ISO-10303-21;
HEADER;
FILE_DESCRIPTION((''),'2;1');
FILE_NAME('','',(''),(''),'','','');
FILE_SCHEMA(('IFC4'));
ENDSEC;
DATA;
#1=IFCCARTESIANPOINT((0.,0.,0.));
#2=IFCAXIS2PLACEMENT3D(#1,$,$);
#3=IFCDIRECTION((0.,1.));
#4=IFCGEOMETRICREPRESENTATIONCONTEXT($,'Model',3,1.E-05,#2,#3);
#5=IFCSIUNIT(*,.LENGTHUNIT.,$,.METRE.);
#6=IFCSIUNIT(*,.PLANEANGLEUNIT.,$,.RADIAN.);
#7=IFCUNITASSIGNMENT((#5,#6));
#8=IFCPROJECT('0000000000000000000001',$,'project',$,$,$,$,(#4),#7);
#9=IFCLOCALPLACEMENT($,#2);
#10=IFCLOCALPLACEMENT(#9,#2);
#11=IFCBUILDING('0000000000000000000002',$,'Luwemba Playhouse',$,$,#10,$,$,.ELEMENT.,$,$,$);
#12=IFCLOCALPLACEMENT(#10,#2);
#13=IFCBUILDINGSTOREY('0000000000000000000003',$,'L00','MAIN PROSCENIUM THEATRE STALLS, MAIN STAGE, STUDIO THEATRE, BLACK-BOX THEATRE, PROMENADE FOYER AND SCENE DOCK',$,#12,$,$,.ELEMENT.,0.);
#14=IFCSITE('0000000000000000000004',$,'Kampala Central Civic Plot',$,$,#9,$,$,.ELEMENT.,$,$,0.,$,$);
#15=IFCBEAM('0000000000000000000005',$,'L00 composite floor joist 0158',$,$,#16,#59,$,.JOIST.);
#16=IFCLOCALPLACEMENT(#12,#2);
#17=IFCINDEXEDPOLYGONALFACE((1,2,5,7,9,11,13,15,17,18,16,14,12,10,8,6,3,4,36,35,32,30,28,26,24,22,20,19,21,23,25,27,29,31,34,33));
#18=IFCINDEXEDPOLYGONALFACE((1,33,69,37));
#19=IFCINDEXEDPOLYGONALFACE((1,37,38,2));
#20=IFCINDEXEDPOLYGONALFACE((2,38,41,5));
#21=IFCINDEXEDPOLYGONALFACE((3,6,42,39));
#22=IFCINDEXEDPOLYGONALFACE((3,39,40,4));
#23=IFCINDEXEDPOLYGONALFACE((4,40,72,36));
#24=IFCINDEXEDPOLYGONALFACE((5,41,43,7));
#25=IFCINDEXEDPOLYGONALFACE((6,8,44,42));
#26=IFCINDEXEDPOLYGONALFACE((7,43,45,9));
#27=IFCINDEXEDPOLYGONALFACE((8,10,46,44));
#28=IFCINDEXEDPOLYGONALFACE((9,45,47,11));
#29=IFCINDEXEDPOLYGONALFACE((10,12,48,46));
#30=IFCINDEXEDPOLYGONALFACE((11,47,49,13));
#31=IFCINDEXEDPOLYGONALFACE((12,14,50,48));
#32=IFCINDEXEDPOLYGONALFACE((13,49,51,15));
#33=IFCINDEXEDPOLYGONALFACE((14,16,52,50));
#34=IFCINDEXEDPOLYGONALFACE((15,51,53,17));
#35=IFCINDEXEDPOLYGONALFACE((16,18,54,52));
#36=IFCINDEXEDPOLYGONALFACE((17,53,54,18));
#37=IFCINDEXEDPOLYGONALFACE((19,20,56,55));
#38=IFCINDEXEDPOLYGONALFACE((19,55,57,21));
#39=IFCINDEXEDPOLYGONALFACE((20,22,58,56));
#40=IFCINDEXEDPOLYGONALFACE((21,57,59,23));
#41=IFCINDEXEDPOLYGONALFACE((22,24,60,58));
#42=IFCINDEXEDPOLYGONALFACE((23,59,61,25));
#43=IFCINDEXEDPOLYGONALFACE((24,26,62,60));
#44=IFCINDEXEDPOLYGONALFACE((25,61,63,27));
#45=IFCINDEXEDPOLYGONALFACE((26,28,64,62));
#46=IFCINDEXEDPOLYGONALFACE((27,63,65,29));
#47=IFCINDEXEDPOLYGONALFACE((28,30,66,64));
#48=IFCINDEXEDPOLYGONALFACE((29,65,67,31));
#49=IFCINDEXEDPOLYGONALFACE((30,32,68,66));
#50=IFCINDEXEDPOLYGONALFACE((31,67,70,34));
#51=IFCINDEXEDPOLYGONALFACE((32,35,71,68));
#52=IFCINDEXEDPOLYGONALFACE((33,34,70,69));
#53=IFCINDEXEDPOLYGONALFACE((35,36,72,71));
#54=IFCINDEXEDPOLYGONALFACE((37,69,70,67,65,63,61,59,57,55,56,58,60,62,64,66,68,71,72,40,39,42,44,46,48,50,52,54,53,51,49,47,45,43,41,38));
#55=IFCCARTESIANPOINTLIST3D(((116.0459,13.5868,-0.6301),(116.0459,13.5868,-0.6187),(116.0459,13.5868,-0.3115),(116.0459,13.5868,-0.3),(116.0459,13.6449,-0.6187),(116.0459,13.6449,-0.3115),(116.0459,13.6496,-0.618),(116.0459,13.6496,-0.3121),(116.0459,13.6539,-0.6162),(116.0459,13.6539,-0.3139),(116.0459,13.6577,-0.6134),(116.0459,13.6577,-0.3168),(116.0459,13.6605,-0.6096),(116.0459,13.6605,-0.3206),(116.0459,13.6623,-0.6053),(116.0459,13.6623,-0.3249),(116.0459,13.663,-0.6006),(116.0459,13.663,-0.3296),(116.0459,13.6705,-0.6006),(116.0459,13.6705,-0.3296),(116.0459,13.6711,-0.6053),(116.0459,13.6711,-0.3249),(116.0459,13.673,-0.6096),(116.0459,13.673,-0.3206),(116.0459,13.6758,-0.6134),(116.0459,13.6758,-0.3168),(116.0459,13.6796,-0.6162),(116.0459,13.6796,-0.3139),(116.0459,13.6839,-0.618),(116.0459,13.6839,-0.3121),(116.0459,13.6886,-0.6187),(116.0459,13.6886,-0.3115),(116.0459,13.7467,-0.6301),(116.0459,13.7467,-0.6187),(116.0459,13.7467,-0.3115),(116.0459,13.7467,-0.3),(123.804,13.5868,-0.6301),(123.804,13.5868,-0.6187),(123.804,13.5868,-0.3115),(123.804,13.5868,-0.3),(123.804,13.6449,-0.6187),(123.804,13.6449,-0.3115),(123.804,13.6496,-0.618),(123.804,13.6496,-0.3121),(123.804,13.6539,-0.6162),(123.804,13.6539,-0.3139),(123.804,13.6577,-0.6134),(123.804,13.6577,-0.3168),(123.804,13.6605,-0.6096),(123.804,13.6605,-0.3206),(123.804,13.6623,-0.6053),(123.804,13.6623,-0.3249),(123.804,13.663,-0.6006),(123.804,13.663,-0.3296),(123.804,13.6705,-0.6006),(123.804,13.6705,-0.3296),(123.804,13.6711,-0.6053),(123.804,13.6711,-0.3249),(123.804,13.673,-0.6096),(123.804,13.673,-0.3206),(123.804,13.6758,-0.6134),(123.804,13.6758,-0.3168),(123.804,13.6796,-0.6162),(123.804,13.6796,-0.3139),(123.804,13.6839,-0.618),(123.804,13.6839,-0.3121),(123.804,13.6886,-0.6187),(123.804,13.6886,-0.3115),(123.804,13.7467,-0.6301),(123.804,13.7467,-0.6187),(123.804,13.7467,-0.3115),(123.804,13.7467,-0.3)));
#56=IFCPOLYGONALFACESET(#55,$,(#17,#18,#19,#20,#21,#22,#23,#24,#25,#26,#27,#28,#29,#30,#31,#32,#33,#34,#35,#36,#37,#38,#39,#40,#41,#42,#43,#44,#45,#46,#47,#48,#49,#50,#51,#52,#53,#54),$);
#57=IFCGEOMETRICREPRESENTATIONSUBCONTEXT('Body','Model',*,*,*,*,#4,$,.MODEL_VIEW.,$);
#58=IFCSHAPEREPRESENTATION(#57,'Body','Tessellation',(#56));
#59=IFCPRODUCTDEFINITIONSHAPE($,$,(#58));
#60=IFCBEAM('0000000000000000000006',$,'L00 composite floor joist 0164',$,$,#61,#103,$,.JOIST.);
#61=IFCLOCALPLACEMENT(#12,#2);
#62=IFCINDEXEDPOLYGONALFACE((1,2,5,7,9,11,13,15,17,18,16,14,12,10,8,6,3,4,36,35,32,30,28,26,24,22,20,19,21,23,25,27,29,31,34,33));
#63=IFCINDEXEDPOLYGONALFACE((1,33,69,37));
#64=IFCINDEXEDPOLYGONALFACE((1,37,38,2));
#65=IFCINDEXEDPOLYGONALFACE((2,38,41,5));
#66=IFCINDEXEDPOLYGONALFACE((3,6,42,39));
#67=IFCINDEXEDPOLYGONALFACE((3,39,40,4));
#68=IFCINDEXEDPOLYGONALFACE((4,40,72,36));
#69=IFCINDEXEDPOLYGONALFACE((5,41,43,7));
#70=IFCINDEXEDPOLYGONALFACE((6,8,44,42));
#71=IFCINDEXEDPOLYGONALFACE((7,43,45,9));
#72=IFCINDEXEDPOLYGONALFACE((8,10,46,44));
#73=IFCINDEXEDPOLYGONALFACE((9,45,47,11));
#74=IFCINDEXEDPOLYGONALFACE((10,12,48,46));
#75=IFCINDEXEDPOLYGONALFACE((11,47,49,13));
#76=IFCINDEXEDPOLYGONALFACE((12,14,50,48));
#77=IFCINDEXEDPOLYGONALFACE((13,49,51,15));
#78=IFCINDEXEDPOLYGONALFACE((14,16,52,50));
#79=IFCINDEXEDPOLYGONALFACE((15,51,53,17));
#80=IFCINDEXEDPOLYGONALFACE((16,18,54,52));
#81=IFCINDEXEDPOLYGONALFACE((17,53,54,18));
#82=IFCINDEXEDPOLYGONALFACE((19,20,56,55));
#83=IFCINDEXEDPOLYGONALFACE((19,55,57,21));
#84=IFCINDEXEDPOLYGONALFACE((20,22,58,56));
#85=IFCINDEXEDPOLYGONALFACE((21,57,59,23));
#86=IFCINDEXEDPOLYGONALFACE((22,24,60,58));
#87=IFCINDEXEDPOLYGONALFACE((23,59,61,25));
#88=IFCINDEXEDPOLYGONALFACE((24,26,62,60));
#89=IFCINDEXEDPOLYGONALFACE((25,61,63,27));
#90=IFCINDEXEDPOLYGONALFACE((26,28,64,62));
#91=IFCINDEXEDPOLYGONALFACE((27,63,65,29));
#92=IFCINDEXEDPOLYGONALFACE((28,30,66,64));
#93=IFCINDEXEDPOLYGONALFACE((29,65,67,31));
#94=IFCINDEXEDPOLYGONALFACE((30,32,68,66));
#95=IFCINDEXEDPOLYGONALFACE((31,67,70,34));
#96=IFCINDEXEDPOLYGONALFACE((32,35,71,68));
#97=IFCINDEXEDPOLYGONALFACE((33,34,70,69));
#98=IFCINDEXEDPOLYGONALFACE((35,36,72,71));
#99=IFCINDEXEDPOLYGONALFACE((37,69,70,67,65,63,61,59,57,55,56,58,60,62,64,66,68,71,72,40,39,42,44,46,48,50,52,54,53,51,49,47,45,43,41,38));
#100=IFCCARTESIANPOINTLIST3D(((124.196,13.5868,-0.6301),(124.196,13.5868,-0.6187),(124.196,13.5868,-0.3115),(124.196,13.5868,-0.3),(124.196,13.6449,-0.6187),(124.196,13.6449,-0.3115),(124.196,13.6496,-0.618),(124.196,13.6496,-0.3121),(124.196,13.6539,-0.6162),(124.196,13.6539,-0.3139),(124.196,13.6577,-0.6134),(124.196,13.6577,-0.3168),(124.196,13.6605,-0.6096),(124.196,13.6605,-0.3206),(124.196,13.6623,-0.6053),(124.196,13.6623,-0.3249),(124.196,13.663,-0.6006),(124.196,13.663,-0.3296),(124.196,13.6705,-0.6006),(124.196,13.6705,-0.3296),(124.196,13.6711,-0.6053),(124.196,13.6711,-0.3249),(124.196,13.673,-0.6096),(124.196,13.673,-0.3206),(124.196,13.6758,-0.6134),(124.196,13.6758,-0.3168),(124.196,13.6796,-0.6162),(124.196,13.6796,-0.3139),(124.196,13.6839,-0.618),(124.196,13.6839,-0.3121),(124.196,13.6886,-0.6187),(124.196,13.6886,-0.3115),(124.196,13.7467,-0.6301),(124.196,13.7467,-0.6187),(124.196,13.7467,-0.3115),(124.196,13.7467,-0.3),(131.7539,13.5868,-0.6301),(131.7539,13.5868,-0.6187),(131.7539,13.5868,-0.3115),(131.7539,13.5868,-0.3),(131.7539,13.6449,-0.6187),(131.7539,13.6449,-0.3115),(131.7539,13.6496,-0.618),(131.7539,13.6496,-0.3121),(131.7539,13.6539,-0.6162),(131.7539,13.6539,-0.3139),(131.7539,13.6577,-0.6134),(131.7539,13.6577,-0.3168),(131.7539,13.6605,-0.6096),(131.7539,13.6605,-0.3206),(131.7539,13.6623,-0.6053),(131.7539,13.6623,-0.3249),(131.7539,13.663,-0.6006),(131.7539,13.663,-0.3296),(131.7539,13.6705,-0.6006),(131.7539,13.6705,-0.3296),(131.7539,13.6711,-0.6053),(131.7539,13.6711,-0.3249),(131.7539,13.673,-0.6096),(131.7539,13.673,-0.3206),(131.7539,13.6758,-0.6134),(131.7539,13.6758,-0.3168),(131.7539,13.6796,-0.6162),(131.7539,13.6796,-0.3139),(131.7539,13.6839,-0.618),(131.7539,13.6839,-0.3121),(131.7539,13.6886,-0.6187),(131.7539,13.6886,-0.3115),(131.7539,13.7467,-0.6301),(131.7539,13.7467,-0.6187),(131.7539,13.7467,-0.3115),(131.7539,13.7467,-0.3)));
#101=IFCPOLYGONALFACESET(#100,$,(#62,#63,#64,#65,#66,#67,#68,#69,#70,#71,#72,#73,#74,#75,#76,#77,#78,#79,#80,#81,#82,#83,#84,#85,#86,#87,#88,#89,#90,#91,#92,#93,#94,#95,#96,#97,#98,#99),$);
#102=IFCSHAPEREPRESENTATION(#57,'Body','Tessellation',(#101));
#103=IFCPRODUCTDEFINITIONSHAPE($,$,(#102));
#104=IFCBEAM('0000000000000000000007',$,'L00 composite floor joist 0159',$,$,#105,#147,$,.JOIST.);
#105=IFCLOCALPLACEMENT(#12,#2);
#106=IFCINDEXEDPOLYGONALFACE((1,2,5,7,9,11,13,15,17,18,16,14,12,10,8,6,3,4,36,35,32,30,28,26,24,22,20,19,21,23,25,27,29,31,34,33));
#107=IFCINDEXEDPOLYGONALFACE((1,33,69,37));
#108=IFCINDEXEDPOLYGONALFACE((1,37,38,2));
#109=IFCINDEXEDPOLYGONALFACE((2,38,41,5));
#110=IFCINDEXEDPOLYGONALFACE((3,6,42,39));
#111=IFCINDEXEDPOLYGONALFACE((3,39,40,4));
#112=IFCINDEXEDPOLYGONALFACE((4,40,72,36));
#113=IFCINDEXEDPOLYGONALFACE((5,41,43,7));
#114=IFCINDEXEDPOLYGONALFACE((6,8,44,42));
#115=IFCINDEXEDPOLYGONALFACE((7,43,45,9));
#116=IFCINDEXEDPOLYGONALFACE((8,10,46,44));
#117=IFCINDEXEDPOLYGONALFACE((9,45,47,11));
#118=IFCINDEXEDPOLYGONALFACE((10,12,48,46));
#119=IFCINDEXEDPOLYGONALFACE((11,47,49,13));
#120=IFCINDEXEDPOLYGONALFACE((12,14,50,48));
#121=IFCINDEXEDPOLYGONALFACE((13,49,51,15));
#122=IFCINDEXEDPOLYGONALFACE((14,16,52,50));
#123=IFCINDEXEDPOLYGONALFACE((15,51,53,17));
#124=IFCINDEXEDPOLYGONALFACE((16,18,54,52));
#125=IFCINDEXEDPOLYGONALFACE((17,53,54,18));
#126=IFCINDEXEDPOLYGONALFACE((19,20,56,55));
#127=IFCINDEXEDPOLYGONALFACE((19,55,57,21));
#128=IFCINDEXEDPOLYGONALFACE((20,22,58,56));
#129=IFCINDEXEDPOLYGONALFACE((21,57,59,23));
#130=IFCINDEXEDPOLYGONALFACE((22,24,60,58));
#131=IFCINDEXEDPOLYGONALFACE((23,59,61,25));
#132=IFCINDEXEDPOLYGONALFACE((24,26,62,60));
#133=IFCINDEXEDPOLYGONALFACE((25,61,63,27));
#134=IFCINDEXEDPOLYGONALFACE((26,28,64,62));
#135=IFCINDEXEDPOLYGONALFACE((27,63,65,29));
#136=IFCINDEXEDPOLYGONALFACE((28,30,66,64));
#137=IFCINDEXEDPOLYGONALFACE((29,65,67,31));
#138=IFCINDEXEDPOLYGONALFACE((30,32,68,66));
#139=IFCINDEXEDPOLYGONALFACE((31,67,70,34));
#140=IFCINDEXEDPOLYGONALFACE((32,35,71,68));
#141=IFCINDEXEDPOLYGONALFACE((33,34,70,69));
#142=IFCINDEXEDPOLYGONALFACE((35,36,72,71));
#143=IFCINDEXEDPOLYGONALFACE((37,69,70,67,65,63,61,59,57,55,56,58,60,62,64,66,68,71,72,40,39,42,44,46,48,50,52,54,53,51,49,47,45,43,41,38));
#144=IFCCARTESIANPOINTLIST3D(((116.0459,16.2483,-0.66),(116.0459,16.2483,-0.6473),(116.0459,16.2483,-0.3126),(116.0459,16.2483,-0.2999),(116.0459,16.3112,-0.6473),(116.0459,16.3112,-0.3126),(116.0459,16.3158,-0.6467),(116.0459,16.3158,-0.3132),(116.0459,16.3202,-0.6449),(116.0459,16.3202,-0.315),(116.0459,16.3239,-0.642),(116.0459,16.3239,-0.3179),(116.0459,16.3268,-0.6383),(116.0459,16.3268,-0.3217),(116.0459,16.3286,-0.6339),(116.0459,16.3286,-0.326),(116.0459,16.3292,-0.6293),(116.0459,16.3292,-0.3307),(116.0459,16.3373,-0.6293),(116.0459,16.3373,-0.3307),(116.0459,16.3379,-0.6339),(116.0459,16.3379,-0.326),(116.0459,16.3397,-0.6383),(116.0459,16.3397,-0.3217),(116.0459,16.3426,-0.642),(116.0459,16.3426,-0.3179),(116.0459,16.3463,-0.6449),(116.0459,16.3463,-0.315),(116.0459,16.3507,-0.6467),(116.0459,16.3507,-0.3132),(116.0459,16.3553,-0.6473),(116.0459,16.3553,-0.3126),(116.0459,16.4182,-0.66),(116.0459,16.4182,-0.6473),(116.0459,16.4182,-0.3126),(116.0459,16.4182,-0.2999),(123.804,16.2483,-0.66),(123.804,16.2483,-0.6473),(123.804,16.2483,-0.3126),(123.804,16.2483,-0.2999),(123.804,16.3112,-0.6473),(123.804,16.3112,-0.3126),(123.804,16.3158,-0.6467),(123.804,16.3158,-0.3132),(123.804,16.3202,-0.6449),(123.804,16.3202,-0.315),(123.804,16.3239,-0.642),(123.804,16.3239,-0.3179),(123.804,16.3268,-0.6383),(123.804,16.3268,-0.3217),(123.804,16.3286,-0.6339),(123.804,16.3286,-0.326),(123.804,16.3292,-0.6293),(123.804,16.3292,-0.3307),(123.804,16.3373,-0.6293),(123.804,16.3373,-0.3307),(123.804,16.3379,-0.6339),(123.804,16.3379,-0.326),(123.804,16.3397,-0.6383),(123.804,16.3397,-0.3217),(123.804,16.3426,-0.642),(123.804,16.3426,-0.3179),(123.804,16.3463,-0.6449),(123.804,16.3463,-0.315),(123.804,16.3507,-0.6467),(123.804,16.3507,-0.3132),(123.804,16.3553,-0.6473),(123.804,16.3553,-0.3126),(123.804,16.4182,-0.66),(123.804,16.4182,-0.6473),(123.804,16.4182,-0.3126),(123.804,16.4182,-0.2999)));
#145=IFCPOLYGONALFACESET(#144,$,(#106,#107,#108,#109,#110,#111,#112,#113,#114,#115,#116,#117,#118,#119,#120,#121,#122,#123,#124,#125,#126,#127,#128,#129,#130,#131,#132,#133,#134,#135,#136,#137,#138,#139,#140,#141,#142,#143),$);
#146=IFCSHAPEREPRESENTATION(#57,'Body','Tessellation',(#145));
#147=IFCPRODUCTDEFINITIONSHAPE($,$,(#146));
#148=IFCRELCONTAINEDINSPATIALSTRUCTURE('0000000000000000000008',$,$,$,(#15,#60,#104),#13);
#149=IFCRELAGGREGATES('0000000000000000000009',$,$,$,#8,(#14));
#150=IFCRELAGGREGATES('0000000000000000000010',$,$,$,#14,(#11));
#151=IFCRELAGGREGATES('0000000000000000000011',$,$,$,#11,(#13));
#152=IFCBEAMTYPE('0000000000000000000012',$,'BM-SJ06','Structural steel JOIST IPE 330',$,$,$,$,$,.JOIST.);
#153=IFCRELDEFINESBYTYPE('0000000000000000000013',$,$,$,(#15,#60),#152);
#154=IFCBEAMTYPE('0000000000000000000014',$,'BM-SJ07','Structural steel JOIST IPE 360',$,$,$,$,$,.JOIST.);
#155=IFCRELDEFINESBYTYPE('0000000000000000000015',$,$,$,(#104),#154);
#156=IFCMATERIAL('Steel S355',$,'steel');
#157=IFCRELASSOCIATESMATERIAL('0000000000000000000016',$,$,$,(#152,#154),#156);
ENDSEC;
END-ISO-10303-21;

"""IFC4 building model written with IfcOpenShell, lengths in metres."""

from ifc_helpers import new_model, si_unit, direction, frame, origin, origin_2d, place, context, subcontext, project, spatial, i_section, extrude, material, material_profile, profile_set, type_object, element, save


model = new_model("IFC4")

# Units and contexts
model_context = context("Model", 3, precision=1e-05, world=origin(), true_north=direction((0.0, 1.0)))
body_context = subcontext(model_context, "Body", "Model", "MODEL_VIEW")
ifc_project = project(units=[si_unit("LENGTHUNIT", "METRE"), si_unit("PLANEANGLEUNIT", "RADIAN")], contexts=[model_context])

# Site, building, storey
site_placement = place(None, origin())
site = spatial("IfcSite", under=ifc_project, at=site_placement, Name="Kampala Central Civic Plot", CompositionType="ELEMENT", RefElevation=0.0)
building_placement = place(site_placement, origin())
building = spatial("IfcBuilding", under=site, at=building_placement, Name="Luwemba Playhouse", CompositionType="ELEMENT")
storey_placement = place(building_placement, origin())
storey = spatial("IfcBuildingStorey", under=building, at=storey_placement, Name="L00", Description="MAIN PROSCENIUM THEATRE STALLS, MAIN STAGE, STUDIO THEATRE, BLACK-BOX THEATRE, PROMENADE FOYER AND SCENE DOCK", CompositionType="ELEMENT", Elevation=0.0)

# Beams
ifc_material_1 = material(Name="Steel S355", Category="steel")
ifc_material_profile_1 = material_profile(ifc_material_1, i_section(OverallWidth=0.1599, OverallDepth=0.3301, WebThickness=0.0076, FlangeThickness=0.0115, FilletRadius=0.0181, at=origin_2d()))
ifc_profile_set_1 = profile_set([ifc_material_profile_1], Name="Steel S355")
beam_type_1 = type_object("IfcBeamType", Name="BM-SJ06", Description="Structural steel JOIST IPE 330", PredefinedType="JOIST", material=ifc_profile_set_1)
beam_1_placement = place(storey_placement, frame((116.0459, 13.6667, -0.4651), z_axis=(1.0, 0.0, 0.0), x_axis=(0.0, 1.0, 0.0)))
element("IfcBeam", 1, at=beam_1_placement, inside=storey, type_object=beam_type_1, Name="L00 composite floor joist 0158", PredefinedType="JOIST", context=body_context, shape_type="SweptSolid", body=[
    extrude(i_section(OverallWidth=0.1599, OverallDepth=0.3301, WebThickness=0.0076, FlangeThickness=0.0115, FilletRadius=0.0181, at=origin_2d()), origin(), (0.0, 0.0, 1.0), 7.7581),
])
beam_2_placement = place(storey_placement, frame((124.196, 13.6667, -0.4651), z_axis=(1.0, 0.0, 0.0), x_axis=(0.0, 1.0, 0.0)))
element("IfcBeam", 2, at=beam_2_placement, inside=storey, type_object=beam_type_1, Name="L00 composite floor joist 0164", PredefinedType="JOIST", context=body_context, shape_type="SweptSolid", body=[
    extrude(i_section(OverallWidth=0.1599, OverallDepth=0.3301, WebThickness=0.0076, FlangeThickness=0.0115, FilletRadius=0.0181, at=origin_2d()), origin(), (0.0, 0.0, 1.0), 7.5579),
])
ifc_material_profile_2 = material_profile(ifc_material_1, i_section(OverallWidth=0.1699, OverallDepth=0.3601, WebThickness=0.0081, FlangeThickness=0.0127, FilletRadius=0.0181, at=origin_2d()))
ifc_profile_set_2 = profile_set([ifc_material_profile_2], Name="Steel S355")
beam_type_2 = type_object("IfcBeamType", Name="BM-SJ07", Description="Structural steel JOIST IPE 360", PredefinedType="JOIST", material=ifc_profile_set_2)
beam_3_placement = place(storey_placement, frame((116.0459, 16.3333, -0.48), z_axis=(1.0, 0.0, 0.0), x_axis=(0.0, 1.0, 0.0)))
element("IfcBeam", 3, at=beam_3_placement, inside=storey, type_object=beam_type_2, Name="L00 composite floor joist 0159", PredefinedType="JOIST", context=body_context, shape_type="SweptSolid", body=[
    extrude(i_section(OverallWidth=0.1699, OverallDepth=0.3601, WebThickness=0.0081, FlangeThickness=0.0127, FilletRadius=0.0181, at=origin_2d()), origin(), (0.0, 0.0, 1.0), 7.7581),
])

save(model, "model.ifc")
